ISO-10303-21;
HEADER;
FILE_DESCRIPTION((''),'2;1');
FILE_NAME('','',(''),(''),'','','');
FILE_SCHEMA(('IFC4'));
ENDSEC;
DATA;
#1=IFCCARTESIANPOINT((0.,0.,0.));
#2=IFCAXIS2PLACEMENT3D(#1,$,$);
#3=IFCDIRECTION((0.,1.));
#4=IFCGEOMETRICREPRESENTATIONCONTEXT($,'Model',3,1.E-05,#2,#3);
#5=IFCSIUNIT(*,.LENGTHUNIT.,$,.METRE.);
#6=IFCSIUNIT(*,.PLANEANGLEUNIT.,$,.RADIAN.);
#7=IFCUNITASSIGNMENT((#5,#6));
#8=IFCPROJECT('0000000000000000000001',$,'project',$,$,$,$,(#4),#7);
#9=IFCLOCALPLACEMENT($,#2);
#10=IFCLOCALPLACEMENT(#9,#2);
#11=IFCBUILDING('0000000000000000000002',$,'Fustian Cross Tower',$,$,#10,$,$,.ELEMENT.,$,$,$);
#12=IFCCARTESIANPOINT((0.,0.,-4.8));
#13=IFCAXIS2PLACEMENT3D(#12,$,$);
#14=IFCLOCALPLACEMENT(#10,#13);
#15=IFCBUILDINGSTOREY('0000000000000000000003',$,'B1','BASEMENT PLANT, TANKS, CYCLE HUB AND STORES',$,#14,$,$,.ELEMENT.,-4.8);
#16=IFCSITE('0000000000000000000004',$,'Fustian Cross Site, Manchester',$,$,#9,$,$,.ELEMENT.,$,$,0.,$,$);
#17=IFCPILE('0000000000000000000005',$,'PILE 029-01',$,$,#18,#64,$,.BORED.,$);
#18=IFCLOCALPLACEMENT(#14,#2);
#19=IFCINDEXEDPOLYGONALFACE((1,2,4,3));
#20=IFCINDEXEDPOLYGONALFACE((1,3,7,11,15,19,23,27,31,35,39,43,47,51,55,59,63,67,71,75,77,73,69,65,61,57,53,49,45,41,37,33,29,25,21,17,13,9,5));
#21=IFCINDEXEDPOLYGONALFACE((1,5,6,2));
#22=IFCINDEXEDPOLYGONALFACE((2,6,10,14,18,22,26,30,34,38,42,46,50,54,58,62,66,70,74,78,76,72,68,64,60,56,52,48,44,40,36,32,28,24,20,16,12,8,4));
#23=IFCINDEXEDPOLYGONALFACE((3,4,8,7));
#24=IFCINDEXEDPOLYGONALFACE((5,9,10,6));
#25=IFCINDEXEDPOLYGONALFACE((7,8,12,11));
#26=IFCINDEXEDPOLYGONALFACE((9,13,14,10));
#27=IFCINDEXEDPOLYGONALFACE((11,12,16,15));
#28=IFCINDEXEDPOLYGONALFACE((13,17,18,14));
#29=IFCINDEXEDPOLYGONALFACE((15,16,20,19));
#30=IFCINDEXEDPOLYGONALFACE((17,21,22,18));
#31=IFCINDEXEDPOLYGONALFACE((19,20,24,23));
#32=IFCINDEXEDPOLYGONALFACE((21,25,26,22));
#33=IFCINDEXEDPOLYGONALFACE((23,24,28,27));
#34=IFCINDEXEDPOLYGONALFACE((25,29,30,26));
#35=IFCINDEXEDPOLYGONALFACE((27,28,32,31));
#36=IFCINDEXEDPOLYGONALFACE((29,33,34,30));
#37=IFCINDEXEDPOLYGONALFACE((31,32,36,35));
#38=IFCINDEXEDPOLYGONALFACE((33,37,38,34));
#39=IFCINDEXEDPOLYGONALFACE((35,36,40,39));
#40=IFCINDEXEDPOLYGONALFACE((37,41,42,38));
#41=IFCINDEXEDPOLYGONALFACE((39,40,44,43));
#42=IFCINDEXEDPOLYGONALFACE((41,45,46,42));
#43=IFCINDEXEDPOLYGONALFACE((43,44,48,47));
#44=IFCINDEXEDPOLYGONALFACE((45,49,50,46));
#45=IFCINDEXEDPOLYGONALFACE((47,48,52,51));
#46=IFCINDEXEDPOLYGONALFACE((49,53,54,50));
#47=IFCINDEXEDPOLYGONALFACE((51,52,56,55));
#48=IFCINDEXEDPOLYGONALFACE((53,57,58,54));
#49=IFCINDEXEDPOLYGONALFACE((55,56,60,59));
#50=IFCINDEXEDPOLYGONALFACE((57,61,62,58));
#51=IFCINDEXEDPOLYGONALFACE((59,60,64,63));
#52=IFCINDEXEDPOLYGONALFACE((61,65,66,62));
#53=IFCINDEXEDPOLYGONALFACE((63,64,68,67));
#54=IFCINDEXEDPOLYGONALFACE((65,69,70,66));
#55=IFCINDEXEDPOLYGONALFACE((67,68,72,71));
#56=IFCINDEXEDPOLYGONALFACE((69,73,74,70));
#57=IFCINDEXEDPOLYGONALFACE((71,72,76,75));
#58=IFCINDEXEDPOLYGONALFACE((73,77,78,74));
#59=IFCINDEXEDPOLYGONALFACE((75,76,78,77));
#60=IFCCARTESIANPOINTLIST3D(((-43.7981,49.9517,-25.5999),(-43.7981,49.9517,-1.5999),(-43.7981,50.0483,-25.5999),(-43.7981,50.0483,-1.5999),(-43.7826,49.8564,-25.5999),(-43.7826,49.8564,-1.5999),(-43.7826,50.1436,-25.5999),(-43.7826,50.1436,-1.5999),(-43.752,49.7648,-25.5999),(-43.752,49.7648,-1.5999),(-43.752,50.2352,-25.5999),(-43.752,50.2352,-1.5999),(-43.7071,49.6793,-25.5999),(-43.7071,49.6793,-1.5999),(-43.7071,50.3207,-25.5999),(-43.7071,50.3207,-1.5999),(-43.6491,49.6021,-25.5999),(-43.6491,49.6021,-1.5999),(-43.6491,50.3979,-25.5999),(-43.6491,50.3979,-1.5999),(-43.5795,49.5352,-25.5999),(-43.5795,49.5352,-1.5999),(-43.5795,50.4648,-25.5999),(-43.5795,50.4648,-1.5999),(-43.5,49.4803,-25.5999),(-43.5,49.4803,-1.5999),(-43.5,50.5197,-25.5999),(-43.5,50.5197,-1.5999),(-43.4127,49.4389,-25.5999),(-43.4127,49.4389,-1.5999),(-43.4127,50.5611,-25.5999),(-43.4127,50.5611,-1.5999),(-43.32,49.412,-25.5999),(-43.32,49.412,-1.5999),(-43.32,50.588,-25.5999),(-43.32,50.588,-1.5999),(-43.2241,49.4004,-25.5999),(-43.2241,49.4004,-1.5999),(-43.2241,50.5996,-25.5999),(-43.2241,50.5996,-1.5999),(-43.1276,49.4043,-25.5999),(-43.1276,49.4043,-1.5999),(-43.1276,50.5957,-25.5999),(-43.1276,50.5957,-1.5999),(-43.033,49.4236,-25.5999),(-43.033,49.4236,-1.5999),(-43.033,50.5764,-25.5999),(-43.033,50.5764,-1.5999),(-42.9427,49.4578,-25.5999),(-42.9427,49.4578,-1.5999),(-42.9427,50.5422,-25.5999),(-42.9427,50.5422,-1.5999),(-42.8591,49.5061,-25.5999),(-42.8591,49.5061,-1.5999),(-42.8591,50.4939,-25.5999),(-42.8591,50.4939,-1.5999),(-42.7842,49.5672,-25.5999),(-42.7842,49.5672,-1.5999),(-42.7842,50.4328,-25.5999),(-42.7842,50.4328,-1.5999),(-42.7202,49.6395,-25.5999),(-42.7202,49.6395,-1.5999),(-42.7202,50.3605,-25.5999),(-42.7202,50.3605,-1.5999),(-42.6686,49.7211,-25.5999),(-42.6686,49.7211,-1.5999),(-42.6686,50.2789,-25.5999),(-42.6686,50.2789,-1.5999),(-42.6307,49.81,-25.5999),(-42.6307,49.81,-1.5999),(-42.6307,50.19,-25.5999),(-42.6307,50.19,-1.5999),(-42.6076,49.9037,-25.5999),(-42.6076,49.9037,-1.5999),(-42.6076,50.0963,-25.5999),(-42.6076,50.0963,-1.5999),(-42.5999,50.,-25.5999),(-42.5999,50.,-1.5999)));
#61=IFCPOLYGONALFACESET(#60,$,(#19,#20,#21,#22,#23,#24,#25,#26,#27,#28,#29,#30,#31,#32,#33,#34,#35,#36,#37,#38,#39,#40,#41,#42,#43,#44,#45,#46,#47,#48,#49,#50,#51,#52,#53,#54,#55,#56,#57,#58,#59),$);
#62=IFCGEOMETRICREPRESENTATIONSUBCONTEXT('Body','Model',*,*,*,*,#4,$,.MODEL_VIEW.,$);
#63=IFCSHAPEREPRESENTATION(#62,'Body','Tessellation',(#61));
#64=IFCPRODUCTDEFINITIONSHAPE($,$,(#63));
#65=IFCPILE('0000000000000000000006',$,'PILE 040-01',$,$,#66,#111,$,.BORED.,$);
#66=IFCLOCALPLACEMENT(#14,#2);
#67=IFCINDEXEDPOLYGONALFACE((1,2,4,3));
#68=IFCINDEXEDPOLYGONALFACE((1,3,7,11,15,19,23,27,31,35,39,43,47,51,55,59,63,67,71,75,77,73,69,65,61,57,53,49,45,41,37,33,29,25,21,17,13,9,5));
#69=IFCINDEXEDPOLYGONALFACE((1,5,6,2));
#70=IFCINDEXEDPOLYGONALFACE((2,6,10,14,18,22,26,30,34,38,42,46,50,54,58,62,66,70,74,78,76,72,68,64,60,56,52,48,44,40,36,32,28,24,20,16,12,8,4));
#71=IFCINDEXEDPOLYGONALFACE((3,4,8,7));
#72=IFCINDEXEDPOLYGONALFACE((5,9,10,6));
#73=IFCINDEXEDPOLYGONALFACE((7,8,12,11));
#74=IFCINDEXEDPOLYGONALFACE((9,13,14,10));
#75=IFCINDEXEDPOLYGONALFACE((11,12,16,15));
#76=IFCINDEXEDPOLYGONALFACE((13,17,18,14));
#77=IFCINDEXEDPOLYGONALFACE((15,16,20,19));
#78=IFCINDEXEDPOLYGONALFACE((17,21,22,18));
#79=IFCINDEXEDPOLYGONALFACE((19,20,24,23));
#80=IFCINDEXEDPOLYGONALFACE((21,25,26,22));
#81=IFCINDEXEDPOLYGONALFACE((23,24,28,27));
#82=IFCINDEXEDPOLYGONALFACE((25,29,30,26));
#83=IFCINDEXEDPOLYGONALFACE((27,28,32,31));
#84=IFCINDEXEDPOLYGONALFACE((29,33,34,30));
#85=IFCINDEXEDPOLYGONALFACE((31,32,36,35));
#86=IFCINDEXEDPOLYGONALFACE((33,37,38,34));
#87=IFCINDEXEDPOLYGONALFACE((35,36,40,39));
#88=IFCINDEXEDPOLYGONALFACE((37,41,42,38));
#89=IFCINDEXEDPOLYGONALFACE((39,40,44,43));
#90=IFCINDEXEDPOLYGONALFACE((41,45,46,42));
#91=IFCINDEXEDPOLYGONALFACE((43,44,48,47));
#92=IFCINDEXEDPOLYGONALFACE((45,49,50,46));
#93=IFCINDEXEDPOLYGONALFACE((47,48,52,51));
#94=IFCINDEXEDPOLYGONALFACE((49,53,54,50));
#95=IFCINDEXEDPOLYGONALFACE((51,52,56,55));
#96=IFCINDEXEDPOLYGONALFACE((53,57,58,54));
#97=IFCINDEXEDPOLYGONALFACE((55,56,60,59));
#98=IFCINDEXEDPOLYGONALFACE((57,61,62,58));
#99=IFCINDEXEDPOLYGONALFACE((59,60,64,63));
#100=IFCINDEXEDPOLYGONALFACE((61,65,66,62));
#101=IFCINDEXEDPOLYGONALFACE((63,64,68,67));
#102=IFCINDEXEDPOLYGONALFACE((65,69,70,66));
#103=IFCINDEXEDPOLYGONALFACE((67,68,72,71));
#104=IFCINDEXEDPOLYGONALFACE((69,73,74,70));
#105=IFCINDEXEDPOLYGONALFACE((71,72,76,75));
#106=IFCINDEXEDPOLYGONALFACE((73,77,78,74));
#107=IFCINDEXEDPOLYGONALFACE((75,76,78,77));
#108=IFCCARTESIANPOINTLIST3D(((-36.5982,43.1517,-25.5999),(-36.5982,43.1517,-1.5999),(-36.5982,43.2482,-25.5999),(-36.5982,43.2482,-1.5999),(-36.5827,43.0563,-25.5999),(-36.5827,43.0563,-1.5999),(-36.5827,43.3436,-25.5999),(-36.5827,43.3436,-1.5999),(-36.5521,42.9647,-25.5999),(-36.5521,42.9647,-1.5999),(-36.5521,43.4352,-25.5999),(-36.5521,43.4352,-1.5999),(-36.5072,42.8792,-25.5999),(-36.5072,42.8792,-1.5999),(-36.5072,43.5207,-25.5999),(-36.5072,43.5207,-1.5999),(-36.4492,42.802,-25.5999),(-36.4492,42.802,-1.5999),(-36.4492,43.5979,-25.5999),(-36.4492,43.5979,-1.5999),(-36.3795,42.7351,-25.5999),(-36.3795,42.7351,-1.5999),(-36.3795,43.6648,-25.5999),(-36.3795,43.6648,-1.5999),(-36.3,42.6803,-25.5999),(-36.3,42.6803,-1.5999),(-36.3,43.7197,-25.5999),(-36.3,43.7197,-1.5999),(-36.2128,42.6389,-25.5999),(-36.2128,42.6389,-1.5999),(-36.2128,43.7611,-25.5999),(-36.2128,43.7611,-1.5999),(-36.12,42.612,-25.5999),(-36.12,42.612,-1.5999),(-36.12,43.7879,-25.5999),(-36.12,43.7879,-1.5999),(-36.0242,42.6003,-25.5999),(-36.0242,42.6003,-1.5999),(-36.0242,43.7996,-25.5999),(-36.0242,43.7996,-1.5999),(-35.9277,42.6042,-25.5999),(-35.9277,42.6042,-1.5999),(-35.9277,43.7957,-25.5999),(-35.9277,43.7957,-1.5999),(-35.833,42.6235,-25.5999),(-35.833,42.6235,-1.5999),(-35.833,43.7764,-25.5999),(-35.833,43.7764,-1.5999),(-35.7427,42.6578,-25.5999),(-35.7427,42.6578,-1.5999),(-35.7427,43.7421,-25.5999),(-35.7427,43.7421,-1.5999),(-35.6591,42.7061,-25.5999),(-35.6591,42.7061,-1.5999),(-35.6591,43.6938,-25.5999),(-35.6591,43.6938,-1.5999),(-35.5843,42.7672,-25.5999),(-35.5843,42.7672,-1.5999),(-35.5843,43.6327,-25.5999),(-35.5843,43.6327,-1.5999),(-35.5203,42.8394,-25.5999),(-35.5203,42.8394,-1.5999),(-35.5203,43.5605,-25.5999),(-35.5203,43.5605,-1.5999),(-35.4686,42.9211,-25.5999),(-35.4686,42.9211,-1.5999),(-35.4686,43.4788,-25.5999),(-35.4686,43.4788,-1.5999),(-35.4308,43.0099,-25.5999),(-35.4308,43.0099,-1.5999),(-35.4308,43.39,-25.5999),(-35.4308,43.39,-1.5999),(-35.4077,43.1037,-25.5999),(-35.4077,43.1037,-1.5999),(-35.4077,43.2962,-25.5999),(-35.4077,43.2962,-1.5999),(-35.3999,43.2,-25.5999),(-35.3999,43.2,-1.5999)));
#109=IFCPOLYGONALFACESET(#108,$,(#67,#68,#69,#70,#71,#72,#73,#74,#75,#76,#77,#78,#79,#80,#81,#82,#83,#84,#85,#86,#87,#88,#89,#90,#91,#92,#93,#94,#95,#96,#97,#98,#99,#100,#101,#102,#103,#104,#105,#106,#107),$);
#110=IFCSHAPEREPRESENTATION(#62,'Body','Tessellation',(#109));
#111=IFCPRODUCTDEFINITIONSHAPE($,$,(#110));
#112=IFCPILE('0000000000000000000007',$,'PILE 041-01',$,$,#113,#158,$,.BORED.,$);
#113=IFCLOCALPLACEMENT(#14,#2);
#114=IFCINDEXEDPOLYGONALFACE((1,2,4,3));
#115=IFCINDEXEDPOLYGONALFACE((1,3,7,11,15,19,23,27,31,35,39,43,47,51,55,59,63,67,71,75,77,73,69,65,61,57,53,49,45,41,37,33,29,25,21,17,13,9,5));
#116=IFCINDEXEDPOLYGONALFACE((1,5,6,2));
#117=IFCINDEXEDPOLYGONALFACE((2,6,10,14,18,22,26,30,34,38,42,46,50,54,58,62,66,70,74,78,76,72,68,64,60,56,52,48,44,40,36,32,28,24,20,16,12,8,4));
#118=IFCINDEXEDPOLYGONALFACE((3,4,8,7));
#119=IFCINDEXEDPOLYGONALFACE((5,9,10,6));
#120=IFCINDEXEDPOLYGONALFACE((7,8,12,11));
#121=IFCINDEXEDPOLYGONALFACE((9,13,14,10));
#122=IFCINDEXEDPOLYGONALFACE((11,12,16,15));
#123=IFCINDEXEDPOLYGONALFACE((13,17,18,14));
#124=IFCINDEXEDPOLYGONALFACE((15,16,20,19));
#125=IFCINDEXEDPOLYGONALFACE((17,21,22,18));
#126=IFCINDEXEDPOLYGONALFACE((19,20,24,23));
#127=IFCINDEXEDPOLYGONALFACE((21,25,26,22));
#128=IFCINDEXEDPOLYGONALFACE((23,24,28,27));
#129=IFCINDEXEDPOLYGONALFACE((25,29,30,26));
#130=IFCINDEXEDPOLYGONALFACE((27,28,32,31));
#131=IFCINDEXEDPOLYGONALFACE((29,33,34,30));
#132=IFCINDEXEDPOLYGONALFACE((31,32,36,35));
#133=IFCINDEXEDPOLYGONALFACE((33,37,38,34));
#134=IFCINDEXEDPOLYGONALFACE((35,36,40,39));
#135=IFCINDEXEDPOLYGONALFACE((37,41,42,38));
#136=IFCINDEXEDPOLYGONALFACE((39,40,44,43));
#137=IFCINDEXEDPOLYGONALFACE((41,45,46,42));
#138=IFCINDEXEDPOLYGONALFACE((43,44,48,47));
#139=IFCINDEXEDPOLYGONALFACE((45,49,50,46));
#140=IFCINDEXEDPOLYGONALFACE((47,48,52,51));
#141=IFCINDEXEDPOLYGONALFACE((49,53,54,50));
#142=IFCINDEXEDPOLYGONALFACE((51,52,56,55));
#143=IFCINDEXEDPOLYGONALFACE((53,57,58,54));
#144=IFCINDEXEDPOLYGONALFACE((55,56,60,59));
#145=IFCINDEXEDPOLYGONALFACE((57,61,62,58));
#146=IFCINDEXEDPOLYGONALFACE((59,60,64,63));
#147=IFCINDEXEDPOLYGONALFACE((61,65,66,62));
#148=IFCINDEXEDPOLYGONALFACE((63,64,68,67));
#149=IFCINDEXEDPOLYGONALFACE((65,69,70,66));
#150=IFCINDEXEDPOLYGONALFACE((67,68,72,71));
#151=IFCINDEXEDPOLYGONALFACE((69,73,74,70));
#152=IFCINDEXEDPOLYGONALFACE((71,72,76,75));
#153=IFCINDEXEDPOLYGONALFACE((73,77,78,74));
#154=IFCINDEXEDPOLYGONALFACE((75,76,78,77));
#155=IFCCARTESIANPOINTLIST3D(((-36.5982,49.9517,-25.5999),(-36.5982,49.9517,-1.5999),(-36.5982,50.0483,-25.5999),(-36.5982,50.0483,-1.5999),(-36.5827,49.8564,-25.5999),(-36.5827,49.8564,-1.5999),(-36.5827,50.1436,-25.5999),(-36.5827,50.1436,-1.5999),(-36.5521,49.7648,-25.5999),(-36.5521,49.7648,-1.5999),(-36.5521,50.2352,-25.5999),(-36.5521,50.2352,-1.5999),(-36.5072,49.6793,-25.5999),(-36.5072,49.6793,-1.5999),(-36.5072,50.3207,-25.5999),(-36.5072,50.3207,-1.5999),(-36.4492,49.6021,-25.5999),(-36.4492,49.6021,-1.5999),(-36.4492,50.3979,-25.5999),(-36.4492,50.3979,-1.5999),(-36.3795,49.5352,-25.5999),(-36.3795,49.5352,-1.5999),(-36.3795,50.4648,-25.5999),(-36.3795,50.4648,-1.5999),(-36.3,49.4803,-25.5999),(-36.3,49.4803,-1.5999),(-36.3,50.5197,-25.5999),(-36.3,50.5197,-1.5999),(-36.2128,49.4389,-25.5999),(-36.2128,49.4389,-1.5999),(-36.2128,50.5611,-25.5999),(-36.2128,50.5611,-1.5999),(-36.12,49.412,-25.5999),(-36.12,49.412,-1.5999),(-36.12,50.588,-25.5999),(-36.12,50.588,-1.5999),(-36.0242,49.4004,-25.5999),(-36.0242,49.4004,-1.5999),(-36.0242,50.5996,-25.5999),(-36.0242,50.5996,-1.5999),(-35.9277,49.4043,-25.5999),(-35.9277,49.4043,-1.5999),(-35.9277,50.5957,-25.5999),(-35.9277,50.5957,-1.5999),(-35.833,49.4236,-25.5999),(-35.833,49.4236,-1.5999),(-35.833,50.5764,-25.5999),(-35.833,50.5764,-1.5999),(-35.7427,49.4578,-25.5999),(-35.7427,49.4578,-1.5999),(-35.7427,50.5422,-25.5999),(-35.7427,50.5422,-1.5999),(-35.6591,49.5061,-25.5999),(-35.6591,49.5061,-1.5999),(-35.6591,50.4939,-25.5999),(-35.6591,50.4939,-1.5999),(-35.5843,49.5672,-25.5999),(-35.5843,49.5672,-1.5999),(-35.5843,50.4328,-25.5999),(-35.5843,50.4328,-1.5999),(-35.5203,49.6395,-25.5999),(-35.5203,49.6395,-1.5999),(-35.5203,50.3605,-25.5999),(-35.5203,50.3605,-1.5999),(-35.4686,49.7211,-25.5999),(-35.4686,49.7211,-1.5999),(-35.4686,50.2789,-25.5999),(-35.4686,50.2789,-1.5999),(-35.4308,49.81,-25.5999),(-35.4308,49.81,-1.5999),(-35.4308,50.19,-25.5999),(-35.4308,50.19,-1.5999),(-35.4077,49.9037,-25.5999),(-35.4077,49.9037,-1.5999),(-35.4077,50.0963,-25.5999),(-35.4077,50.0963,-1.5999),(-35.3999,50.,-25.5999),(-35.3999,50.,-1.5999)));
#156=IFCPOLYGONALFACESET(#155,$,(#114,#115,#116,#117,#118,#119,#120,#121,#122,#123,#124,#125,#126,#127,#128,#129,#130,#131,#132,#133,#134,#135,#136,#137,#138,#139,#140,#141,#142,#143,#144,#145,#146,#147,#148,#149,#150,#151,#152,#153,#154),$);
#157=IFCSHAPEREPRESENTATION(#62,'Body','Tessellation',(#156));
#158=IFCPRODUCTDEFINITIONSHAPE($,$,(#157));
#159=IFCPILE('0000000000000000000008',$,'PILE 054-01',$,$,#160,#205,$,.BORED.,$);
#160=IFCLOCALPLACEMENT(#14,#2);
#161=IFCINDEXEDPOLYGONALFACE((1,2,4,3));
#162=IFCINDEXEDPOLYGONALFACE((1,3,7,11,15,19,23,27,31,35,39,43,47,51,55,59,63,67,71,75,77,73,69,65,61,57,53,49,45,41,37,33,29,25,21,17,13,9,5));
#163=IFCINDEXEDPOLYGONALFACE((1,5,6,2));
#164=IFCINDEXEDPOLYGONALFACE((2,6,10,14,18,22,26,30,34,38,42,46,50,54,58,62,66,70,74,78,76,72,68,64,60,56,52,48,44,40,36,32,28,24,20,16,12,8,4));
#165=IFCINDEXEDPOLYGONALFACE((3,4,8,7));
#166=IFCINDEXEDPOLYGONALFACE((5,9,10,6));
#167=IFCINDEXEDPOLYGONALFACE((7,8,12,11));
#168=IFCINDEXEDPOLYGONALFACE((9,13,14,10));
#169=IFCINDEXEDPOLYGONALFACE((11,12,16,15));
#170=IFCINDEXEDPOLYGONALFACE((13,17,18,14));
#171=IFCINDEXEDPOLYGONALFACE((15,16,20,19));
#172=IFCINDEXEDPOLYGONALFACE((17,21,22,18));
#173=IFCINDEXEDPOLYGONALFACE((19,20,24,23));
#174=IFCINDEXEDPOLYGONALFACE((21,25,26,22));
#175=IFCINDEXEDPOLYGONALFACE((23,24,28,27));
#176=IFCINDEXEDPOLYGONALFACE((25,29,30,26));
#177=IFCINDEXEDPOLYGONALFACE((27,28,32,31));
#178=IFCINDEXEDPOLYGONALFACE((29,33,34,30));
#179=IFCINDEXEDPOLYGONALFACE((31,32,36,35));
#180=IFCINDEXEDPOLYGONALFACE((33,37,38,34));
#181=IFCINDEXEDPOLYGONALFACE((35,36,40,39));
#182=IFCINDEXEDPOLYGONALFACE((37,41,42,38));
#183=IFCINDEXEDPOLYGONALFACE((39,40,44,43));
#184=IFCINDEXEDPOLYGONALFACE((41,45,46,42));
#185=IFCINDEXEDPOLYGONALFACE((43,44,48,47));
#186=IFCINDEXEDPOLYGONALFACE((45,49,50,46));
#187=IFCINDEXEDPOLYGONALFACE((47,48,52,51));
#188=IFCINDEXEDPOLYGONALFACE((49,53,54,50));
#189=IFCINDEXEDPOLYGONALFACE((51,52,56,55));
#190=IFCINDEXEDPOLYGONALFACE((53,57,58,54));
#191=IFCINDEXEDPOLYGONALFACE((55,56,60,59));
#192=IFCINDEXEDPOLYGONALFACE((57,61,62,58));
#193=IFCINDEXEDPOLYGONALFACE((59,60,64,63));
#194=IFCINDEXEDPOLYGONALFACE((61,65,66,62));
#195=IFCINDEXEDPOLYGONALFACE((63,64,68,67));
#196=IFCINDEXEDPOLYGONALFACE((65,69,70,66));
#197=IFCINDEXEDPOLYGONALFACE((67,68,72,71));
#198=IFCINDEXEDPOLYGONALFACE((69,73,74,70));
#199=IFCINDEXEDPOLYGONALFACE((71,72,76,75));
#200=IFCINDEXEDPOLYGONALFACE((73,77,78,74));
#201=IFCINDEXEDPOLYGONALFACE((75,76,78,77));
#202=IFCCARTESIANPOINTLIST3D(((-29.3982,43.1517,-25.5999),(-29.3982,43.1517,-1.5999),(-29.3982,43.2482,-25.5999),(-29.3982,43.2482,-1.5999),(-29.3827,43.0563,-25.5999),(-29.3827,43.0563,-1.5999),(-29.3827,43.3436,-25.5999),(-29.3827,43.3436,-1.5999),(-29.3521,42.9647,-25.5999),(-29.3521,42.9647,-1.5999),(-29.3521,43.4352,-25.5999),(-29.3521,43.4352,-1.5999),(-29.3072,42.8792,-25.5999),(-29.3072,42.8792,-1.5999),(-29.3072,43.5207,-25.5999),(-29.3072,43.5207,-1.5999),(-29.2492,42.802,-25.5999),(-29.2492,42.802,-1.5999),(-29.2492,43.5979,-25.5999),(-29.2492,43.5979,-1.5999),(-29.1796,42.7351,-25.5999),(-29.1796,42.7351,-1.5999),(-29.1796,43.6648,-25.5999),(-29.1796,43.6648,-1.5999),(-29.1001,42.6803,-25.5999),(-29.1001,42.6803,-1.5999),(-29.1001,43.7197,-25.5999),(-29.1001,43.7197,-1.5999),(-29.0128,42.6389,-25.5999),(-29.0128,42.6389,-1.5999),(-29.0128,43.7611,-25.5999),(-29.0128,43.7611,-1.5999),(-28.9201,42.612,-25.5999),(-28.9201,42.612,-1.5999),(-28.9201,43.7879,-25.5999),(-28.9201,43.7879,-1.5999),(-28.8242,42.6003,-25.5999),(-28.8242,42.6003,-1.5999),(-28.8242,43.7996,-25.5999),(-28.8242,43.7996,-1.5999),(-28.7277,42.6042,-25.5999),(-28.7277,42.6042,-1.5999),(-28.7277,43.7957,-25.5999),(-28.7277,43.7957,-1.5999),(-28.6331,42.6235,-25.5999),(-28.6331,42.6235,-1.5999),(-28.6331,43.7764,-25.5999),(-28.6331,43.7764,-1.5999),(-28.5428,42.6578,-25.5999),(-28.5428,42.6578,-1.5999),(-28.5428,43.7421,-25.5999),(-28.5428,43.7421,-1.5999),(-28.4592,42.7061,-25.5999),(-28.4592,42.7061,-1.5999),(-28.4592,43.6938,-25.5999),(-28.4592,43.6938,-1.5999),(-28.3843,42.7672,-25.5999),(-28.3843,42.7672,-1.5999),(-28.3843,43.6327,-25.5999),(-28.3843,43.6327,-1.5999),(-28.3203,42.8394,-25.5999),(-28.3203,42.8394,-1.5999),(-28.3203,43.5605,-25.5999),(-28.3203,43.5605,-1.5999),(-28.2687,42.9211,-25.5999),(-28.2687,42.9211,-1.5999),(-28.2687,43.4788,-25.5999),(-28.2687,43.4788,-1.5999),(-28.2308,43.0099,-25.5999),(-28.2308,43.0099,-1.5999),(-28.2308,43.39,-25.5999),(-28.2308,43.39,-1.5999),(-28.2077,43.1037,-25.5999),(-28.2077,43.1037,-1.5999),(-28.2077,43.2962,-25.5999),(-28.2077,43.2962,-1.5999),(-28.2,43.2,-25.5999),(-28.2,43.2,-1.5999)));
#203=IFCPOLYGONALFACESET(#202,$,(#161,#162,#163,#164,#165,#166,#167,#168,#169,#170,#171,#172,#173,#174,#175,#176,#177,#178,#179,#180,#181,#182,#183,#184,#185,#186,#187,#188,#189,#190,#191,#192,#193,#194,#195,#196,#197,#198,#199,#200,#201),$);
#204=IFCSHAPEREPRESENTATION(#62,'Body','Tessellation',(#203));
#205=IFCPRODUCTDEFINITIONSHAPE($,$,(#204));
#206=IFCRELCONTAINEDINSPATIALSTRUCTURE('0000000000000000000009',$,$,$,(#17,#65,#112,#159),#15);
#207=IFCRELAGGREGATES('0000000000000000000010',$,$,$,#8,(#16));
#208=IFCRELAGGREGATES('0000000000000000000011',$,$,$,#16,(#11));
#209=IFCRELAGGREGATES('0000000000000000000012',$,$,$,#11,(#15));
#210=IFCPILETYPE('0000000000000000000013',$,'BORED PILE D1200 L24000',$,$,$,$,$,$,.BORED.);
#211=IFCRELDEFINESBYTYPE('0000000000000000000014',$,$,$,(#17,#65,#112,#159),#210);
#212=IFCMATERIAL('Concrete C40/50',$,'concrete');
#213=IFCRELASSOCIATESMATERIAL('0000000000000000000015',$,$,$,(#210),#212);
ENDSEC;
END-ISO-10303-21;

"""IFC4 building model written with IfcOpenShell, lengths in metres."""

from ifc_helpers import new_model, si_unit, direction, frame, origin, origin_2d, place, context, subcontext, project, spatial, circle, extrude, material, material_profile, profile_set, type_object, element, save


model = new_model("IFC4")

# Units and contexts
model_context = context("Model", 3, precision=1e-05, world=origin(), true_north=direction((0.0, 1.0)))
body_context = subcontext(model_context, "Body", "Model", "MODEL_VIEW")
ifc_project = project(units=[si_unit("LENGTHUNIT", "METRE"), si_unit("PLANEANGLEUNIT", "RADIAN")], contexts=[model_context])

# Site, building, storey
site_placement = place(None, origin())
site = spatial("IfcSite", under=ifc_project, at=site_placement, Name="Fustian Cross Site, Manchester", CompositionType="ELEMENT", RefElevation=0.0)
building_placement = place(site_placement, origin())
building = spatial("IfcBuilding", under=site, at=building_placement, Name="Fustian Cross Tower", CompositionType="ELEMENT")
storey_placement = place(building_placement, frame((0.0, 0.0, -4.8)))
storey = spatial("IfcBuildingStorey", under=building, at=storey_placement, Name="B1", Description="BASEMENT PLANT, TANKS, CYCLE HUB AND STORES", CompositionType="ELEMENT", Elevation=-4.8)

# Piles
ifc_material_1 = material(Name="Concrete C40/50", Category="concrete")
ifc_material_profile_1 = material_profile(ifc_material_1, circle(Radius=0.6001, at=origin_2d()), Name="BORED PILE D1200 L24000")
ifc_profile_set_1 = profile_set([ifc_material_profile_1], Name="Concrete C40/50")
pile_type = type_object("IfcPileType", Name="BORED PILE D1200 L24000", PredefinedType="BORED", material=ifc_profile_set_1)
for number, where, z_axis, x_axis, name in (
    (1, (-43.2, 50.0, -1.5999), (0.0, 0.0, -1.0), (1.0, 0.0, 0.0), "PILE 029-01"),
    (2, (-36.0, 43.2, -1.5999), (0.0, 0.0, -1.0), (1.0, 0.0, 0.0), "PILE 040-01"),
    (3, (-36.0, 50.0, -1.5999), (0.0, 0.0, -1.0), (1.0, 0.0, 0.0), "PILE 041-01"),
    (4, (-28.8, 43.2, -1.5999), (0.0, 0.0, -1.0), (1.0, 0.0, 0.0), "PILE 054-01"),
):
    element("IfcPile", number, at=place(storey_placement, frame(where, z_axis=z_axis, x_axis=x_axis)), inside=storey, type_object=pile_type, Name=name, PredefinedType="BORED", context=body_context, shape_type="SweptSolid", body=[
        extrude(circle(Radius=0.6001, at=origin_2d()), origin(), (0.0, 0.0, 1.0), 24.0),
    ])

save(model, "model.ifc")
